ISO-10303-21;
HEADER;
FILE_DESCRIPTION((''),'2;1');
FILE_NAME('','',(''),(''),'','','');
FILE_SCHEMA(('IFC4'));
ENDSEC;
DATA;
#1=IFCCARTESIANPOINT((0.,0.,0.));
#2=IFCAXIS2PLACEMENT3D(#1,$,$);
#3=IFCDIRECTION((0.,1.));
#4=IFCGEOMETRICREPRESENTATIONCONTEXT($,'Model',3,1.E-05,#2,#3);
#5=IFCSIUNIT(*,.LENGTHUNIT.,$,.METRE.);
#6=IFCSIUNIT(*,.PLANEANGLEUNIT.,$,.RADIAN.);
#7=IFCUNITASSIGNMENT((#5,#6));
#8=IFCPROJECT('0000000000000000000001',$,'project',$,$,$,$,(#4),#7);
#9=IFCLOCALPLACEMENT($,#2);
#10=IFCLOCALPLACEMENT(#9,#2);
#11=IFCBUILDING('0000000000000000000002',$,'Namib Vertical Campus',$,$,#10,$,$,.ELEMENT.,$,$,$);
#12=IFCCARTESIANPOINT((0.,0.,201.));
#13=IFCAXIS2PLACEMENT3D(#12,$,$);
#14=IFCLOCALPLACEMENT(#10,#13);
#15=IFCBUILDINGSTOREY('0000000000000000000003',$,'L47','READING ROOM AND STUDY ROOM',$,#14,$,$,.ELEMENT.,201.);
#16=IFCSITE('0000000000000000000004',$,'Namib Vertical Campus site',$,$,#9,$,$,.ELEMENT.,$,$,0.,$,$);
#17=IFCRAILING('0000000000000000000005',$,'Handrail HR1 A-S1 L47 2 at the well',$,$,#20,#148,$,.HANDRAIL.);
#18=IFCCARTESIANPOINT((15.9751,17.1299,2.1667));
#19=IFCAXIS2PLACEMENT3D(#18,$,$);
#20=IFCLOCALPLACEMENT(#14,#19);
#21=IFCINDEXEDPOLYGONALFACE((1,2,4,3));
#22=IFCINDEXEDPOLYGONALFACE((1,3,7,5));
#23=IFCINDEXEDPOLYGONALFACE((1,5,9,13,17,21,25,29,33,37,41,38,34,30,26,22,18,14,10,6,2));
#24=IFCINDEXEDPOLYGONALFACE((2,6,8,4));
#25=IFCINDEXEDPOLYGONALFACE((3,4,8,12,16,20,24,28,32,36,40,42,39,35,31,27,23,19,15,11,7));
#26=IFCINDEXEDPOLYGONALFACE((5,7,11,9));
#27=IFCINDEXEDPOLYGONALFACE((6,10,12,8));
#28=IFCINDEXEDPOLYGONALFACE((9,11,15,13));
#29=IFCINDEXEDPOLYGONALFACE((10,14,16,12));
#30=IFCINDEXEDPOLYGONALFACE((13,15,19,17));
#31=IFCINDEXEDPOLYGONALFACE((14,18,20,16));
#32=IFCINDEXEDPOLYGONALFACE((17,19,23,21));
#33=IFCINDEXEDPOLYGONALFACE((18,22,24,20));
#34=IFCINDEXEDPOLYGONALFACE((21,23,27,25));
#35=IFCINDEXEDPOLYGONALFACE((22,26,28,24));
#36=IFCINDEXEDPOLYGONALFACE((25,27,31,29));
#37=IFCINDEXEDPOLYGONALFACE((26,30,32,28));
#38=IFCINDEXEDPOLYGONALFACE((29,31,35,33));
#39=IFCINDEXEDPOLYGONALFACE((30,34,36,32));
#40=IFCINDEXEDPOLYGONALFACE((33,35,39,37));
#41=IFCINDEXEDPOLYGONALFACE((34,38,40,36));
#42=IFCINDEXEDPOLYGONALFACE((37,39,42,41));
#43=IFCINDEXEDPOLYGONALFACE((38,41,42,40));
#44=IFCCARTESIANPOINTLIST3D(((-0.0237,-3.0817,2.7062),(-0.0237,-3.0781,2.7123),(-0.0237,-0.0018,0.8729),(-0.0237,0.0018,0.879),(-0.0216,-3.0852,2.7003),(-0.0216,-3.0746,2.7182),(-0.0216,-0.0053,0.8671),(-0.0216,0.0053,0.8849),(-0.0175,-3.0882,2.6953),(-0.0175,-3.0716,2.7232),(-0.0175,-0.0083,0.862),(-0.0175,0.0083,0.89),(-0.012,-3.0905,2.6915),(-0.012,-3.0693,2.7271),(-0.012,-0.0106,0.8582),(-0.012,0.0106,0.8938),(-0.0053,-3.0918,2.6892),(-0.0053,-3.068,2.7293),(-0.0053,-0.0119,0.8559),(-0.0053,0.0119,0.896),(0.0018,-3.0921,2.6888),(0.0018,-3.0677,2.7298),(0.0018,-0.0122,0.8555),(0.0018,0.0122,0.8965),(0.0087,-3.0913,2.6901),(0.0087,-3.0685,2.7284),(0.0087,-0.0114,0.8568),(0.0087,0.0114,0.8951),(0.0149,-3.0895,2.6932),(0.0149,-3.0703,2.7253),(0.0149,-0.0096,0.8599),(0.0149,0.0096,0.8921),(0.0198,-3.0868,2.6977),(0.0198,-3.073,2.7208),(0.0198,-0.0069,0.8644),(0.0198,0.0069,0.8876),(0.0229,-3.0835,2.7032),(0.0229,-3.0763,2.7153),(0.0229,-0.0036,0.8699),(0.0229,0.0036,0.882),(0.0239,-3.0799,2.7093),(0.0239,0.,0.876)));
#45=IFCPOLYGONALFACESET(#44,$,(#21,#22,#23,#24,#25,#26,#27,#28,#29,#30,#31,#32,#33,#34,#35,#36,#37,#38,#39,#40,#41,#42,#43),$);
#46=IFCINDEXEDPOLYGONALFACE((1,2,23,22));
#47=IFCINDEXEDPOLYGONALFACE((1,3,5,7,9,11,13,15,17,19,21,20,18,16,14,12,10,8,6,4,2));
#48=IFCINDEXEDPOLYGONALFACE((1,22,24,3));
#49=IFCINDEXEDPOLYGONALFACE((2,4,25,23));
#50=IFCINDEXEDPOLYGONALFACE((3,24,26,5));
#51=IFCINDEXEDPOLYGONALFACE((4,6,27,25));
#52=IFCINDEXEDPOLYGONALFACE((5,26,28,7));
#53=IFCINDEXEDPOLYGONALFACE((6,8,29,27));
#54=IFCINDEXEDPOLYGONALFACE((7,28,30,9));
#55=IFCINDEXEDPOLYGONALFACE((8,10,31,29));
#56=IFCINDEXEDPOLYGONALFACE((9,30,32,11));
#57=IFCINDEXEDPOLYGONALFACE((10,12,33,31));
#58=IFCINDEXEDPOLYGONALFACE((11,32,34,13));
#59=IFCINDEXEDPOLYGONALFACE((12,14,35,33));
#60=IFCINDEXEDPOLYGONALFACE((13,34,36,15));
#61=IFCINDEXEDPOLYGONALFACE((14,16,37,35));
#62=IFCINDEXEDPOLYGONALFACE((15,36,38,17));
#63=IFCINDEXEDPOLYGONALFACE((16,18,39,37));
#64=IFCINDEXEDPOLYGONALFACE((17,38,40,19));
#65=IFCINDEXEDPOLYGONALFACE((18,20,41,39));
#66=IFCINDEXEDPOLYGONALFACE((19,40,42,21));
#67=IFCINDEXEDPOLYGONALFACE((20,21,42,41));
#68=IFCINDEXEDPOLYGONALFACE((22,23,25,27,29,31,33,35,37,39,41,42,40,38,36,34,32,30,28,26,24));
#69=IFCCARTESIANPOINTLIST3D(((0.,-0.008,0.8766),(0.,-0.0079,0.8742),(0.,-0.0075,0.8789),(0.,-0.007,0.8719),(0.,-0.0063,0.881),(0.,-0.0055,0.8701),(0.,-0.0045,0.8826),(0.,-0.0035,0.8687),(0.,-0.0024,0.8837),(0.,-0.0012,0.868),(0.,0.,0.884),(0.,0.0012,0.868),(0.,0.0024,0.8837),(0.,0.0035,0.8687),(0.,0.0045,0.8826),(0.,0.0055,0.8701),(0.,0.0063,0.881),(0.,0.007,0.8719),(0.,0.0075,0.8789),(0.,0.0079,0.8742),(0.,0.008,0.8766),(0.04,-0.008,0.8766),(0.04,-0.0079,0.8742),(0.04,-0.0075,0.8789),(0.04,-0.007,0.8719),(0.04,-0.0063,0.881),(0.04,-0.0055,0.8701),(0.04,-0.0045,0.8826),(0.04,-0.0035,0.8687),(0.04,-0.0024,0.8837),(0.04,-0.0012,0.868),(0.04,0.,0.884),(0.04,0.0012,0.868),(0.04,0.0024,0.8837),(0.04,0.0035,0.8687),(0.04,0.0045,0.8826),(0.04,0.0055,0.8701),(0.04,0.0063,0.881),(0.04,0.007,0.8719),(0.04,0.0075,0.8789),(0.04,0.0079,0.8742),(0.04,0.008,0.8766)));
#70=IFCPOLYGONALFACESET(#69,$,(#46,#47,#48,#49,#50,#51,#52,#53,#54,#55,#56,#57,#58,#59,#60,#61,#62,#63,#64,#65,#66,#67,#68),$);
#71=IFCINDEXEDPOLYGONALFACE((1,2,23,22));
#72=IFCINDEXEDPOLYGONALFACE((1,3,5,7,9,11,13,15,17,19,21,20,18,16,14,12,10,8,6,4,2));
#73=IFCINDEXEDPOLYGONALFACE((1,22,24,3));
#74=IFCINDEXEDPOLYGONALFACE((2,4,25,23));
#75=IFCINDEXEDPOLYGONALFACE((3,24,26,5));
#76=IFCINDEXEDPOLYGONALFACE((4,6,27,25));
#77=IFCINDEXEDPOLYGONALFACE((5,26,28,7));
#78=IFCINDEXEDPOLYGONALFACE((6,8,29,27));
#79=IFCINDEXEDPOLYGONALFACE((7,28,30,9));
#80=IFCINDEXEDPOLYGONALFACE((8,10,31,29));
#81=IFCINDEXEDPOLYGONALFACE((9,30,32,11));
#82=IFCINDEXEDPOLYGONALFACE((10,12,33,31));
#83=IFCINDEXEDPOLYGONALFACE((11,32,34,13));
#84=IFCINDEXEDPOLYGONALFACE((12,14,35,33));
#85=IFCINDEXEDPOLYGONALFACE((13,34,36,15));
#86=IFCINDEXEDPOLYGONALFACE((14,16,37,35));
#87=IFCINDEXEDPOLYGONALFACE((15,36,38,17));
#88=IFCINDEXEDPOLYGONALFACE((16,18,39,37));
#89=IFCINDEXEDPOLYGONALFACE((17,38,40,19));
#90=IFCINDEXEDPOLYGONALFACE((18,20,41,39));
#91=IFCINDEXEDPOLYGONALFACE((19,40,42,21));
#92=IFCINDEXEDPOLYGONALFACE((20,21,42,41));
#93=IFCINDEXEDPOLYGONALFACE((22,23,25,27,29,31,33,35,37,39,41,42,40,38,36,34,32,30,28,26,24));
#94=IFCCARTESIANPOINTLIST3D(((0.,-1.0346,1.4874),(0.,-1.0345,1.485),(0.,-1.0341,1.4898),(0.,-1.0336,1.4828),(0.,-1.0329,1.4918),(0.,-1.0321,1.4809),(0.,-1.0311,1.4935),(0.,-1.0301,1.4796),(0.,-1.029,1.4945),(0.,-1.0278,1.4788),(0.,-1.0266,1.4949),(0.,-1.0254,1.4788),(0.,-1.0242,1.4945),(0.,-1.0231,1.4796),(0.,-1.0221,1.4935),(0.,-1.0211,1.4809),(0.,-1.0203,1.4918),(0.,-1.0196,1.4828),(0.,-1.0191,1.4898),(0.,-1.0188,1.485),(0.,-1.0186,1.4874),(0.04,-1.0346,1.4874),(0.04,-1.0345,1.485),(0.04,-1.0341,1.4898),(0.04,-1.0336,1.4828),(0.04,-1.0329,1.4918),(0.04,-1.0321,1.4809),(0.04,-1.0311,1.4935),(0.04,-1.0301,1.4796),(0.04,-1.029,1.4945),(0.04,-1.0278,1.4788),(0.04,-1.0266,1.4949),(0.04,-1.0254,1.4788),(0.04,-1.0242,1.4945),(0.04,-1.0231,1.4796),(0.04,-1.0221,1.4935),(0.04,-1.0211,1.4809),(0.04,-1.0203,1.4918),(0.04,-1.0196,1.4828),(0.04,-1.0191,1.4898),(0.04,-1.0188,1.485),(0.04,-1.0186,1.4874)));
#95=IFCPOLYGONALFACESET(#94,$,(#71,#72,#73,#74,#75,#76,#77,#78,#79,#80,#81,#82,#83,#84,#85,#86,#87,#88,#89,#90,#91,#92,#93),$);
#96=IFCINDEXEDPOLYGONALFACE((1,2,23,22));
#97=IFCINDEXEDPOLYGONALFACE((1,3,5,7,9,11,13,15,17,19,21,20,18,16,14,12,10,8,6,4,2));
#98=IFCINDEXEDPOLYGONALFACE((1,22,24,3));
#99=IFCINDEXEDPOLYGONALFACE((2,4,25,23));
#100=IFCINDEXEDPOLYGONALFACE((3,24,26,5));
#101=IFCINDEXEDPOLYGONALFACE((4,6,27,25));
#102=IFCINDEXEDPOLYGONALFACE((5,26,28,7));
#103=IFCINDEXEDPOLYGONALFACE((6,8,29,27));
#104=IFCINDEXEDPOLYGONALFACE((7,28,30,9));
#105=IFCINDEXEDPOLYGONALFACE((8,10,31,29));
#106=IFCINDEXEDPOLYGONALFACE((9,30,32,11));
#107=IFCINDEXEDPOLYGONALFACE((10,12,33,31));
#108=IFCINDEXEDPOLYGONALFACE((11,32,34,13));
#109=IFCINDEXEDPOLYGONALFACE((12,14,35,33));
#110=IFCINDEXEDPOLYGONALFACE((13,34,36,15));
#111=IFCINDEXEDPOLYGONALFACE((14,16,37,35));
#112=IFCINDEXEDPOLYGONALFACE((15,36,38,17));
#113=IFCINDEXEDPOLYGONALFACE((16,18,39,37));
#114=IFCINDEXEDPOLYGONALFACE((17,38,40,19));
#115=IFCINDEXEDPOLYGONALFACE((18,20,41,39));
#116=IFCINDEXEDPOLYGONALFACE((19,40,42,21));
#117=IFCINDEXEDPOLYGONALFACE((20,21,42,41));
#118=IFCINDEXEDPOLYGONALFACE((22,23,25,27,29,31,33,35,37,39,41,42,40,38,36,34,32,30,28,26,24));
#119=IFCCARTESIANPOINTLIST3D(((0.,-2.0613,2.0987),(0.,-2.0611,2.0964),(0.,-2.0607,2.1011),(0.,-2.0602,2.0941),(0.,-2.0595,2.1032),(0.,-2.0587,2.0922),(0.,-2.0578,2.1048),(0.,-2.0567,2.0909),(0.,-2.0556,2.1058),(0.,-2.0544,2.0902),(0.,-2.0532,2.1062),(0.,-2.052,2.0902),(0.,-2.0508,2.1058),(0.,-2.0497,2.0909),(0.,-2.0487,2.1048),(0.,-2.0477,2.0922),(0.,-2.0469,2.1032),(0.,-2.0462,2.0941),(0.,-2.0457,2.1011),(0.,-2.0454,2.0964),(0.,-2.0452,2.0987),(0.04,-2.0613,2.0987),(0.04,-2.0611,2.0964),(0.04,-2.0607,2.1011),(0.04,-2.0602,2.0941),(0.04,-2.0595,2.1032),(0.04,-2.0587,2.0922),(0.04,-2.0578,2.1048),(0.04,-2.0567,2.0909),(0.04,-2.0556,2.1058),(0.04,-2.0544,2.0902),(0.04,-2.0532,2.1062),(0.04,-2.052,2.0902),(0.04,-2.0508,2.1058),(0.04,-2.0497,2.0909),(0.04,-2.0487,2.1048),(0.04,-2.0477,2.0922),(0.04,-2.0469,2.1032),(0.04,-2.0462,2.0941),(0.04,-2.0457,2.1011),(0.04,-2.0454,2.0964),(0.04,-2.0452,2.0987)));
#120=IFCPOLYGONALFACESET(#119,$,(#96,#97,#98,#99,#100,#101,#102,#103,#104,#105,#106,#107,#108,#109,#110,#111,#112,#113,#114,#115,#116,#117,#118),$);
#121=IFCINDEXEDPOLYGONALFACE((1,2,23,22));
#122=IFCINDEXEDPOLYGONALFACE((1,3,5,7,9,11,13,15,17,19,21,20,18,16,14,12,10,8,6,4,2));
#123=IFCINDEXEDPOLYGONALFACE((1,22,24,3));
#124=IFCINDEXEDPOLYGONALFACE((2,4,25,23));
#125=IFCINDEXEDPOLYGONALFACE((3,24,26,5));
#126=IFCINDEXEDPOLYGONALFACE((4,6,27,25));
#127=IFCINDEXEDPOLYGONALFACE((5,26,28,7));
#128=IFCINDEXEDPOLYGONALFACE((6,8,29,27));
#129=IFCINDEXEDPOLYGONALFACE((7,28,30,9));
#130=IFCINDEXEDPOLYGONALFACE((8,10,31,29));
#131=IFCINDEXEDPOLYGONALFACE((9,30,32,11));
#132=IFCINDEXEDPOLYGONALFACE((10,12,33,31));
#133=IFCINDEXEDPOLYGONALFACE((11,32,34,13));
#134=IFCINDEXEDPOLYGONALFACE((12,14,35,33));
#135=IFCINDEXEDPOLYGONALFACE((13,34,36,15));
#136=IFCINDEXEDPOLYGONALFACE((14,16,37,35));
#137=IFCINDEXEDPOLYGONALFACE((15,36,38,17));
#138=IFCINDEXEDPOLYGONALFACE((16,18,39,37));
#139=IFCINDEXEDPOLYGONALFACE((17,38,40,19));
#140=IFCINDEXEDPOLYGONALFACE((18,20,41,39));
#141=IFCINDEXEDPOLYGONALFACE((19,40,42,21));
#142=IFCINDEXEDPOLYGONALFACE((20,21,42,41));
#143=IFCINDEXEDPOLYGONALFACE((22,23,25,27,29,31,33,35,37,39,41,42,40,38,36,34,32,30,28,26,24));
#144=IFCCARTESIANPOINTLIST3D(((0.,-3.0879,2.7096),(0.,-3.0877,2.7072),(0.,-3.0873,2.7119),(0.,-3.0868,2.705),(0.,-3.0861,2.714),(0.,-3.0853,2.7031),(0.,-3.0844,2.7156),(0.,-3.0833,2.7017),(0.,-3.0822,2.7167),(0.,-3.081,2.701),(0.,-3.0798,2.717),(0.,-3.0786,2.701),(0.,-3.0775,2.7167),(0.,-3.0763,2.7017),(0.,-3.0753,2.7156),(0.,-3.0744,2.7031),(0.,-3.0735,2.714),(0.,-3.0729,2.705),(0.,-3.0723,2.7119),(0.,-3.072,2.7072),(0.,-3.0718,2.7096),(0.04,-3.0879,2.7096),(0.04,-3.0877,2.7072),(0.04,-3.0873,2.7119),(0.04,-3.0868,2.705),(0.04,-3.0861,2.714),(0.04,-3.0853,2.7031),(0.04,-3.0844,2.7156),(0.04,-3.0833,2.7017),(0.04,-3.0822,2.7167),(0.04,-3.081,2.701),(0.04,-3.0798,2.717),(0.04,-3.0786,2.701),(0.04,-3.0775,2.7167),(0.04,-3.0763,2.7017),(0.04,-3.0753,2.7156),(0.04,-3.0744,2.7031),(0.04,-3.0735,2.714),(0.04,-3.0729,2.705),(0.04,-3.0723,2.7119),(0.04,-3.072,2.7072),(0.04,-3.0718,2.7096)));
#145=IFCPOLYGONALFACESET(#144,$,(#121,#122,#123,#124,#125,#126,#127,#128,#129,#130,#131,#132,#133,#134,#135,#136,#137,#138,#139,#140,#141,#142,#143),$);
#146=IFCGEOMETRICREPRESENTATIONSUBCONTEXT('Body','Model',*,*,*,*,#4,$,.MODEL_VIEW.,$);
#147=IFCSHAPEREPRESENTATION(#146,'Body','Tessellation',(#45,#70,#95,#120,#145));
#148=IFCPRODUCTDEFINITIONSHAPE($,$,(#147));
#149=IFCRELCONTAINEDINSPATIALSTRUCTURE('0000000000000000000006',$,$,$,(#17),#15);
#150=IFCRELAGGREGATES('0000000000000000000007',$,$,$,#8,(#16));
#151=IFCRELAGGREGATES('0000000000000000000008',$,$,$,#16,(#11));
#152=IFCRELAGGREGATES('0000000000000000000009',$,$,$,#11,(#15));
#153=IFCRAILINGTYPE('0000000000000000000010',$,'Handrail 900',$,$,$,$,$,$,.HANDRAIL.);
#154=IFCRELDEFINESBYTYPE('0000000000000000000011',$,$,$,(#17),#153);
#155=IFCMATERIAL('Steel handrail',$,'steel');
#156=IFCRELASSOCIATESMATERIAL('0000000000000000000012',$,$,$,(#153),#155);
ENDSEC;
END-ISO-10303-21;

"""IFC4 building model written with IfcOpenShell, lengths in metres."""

from ifc_helpers import new_model, si_unit, direction, frame, origin, origin_2d, place, context, subcontext, project, spatial, circle, extrude, material, type_object, element, save


model = new_model("IFC4")

# Units and contexts
model_context = context("Model", 3, precision=1e-05, world=origin(), true_north=direction((0.0, 1.0)))
body_context = subcontext(model_context, "Body", "Model", "MODEL_VIEW")
ifc_project = project(units=[si_unit("LENGTHUNIT", "METRE"), si_unit("PLANEANGLEUNIT", "RADIAN")], contexts=[model_context])

# Site, building, storey
site_placement = place(None, origin())
site = spatial("IfcSite", under=ifc_project, at=site_placement, Name="Namib Vertical Campus site", CompositionType="ELEMENT", RefElevation=0.0)
building_placement = place(site_placement, origin())
building = spatial("IfcBuilding", under=site, at=building_placement, Name="Namib Vertical Campus", CompositionType="ELEMENT")
storey_placement = place(building_placement, frame((0.0, 0.0, 201.0)))
storey = spatial("IfcBuildingStorey", under=building, at=storey_placement, Name="L47", Description="READING ROOM AND STUDY ROOM", CompositionType="ELEMENT", Elevation=201.0)

# Railing
ifc_material_1 = material(Name="Steel handrail", Category="steel")
railing_type = type_object("IfcRailingType", Name="Handrail 900", PredefinedType="HANDRAIL", material=ifc_material_1)
railing_1_placement = place(storey_placement, frame((15.9751, 17.1299, 2.1667)))
element("IfcRailing", 1, at=railing_1_placement, inside=storey, type_object=railing_type, Name="Handrail HR1 A-S1 L47 2 at the well", PredefinedType="HANDRAIL", context=body_context, shape_type="SweptSolid", body=[
    extrude(circle(Radius=0.0239, at=origin_2d()), frame((0.0, 0.0, 0.876), z_axis=(0.0, -0.859291, 0.511487), x_axis=(1.0, 0.0, 0.0)), (0.0, 0.0, 1.0), 3.5842),
    extrude(circle(Radius=0.0081, at=origin_2d()), frame((0.0, 0.0, 0.876), z_axis=(1.0, 0.0, 0.0), x_axis=(0.0, 0.0, 1.0)), (0.0, 0.0, 1.0), 0.04),
    extrude(circle(Radius=0.0081, at=origin_2d()), frame((0.0, -1.0266, 1.4868), z_axis=(1.0, 0.0, 0.0), x_axis=(0.0, 0.0, 1.0)), (0.0, 0.0, 1.0), 0.04),
    extrude(circle(Radius=0.0081, at=origin_2d()), frame((0.0, -2.0532, 2.0981), z_axis=(1.0, 0.0, 0.0), x_axis=(0.0, 0.0, 1.0)), (0.0, 0.0, 1.0), 0.04),
    extrude(circle(Radius=0.0081, at=origin_2d()), frame((0.0, -3.0798, 2.709), z_axis=(1.0, 0.0, 0.0), x_axis=(0.0, 0.0, 1.0)), (0.0, 0.0, 1.0), 0.04),
])

save(model, "model.ifc")
